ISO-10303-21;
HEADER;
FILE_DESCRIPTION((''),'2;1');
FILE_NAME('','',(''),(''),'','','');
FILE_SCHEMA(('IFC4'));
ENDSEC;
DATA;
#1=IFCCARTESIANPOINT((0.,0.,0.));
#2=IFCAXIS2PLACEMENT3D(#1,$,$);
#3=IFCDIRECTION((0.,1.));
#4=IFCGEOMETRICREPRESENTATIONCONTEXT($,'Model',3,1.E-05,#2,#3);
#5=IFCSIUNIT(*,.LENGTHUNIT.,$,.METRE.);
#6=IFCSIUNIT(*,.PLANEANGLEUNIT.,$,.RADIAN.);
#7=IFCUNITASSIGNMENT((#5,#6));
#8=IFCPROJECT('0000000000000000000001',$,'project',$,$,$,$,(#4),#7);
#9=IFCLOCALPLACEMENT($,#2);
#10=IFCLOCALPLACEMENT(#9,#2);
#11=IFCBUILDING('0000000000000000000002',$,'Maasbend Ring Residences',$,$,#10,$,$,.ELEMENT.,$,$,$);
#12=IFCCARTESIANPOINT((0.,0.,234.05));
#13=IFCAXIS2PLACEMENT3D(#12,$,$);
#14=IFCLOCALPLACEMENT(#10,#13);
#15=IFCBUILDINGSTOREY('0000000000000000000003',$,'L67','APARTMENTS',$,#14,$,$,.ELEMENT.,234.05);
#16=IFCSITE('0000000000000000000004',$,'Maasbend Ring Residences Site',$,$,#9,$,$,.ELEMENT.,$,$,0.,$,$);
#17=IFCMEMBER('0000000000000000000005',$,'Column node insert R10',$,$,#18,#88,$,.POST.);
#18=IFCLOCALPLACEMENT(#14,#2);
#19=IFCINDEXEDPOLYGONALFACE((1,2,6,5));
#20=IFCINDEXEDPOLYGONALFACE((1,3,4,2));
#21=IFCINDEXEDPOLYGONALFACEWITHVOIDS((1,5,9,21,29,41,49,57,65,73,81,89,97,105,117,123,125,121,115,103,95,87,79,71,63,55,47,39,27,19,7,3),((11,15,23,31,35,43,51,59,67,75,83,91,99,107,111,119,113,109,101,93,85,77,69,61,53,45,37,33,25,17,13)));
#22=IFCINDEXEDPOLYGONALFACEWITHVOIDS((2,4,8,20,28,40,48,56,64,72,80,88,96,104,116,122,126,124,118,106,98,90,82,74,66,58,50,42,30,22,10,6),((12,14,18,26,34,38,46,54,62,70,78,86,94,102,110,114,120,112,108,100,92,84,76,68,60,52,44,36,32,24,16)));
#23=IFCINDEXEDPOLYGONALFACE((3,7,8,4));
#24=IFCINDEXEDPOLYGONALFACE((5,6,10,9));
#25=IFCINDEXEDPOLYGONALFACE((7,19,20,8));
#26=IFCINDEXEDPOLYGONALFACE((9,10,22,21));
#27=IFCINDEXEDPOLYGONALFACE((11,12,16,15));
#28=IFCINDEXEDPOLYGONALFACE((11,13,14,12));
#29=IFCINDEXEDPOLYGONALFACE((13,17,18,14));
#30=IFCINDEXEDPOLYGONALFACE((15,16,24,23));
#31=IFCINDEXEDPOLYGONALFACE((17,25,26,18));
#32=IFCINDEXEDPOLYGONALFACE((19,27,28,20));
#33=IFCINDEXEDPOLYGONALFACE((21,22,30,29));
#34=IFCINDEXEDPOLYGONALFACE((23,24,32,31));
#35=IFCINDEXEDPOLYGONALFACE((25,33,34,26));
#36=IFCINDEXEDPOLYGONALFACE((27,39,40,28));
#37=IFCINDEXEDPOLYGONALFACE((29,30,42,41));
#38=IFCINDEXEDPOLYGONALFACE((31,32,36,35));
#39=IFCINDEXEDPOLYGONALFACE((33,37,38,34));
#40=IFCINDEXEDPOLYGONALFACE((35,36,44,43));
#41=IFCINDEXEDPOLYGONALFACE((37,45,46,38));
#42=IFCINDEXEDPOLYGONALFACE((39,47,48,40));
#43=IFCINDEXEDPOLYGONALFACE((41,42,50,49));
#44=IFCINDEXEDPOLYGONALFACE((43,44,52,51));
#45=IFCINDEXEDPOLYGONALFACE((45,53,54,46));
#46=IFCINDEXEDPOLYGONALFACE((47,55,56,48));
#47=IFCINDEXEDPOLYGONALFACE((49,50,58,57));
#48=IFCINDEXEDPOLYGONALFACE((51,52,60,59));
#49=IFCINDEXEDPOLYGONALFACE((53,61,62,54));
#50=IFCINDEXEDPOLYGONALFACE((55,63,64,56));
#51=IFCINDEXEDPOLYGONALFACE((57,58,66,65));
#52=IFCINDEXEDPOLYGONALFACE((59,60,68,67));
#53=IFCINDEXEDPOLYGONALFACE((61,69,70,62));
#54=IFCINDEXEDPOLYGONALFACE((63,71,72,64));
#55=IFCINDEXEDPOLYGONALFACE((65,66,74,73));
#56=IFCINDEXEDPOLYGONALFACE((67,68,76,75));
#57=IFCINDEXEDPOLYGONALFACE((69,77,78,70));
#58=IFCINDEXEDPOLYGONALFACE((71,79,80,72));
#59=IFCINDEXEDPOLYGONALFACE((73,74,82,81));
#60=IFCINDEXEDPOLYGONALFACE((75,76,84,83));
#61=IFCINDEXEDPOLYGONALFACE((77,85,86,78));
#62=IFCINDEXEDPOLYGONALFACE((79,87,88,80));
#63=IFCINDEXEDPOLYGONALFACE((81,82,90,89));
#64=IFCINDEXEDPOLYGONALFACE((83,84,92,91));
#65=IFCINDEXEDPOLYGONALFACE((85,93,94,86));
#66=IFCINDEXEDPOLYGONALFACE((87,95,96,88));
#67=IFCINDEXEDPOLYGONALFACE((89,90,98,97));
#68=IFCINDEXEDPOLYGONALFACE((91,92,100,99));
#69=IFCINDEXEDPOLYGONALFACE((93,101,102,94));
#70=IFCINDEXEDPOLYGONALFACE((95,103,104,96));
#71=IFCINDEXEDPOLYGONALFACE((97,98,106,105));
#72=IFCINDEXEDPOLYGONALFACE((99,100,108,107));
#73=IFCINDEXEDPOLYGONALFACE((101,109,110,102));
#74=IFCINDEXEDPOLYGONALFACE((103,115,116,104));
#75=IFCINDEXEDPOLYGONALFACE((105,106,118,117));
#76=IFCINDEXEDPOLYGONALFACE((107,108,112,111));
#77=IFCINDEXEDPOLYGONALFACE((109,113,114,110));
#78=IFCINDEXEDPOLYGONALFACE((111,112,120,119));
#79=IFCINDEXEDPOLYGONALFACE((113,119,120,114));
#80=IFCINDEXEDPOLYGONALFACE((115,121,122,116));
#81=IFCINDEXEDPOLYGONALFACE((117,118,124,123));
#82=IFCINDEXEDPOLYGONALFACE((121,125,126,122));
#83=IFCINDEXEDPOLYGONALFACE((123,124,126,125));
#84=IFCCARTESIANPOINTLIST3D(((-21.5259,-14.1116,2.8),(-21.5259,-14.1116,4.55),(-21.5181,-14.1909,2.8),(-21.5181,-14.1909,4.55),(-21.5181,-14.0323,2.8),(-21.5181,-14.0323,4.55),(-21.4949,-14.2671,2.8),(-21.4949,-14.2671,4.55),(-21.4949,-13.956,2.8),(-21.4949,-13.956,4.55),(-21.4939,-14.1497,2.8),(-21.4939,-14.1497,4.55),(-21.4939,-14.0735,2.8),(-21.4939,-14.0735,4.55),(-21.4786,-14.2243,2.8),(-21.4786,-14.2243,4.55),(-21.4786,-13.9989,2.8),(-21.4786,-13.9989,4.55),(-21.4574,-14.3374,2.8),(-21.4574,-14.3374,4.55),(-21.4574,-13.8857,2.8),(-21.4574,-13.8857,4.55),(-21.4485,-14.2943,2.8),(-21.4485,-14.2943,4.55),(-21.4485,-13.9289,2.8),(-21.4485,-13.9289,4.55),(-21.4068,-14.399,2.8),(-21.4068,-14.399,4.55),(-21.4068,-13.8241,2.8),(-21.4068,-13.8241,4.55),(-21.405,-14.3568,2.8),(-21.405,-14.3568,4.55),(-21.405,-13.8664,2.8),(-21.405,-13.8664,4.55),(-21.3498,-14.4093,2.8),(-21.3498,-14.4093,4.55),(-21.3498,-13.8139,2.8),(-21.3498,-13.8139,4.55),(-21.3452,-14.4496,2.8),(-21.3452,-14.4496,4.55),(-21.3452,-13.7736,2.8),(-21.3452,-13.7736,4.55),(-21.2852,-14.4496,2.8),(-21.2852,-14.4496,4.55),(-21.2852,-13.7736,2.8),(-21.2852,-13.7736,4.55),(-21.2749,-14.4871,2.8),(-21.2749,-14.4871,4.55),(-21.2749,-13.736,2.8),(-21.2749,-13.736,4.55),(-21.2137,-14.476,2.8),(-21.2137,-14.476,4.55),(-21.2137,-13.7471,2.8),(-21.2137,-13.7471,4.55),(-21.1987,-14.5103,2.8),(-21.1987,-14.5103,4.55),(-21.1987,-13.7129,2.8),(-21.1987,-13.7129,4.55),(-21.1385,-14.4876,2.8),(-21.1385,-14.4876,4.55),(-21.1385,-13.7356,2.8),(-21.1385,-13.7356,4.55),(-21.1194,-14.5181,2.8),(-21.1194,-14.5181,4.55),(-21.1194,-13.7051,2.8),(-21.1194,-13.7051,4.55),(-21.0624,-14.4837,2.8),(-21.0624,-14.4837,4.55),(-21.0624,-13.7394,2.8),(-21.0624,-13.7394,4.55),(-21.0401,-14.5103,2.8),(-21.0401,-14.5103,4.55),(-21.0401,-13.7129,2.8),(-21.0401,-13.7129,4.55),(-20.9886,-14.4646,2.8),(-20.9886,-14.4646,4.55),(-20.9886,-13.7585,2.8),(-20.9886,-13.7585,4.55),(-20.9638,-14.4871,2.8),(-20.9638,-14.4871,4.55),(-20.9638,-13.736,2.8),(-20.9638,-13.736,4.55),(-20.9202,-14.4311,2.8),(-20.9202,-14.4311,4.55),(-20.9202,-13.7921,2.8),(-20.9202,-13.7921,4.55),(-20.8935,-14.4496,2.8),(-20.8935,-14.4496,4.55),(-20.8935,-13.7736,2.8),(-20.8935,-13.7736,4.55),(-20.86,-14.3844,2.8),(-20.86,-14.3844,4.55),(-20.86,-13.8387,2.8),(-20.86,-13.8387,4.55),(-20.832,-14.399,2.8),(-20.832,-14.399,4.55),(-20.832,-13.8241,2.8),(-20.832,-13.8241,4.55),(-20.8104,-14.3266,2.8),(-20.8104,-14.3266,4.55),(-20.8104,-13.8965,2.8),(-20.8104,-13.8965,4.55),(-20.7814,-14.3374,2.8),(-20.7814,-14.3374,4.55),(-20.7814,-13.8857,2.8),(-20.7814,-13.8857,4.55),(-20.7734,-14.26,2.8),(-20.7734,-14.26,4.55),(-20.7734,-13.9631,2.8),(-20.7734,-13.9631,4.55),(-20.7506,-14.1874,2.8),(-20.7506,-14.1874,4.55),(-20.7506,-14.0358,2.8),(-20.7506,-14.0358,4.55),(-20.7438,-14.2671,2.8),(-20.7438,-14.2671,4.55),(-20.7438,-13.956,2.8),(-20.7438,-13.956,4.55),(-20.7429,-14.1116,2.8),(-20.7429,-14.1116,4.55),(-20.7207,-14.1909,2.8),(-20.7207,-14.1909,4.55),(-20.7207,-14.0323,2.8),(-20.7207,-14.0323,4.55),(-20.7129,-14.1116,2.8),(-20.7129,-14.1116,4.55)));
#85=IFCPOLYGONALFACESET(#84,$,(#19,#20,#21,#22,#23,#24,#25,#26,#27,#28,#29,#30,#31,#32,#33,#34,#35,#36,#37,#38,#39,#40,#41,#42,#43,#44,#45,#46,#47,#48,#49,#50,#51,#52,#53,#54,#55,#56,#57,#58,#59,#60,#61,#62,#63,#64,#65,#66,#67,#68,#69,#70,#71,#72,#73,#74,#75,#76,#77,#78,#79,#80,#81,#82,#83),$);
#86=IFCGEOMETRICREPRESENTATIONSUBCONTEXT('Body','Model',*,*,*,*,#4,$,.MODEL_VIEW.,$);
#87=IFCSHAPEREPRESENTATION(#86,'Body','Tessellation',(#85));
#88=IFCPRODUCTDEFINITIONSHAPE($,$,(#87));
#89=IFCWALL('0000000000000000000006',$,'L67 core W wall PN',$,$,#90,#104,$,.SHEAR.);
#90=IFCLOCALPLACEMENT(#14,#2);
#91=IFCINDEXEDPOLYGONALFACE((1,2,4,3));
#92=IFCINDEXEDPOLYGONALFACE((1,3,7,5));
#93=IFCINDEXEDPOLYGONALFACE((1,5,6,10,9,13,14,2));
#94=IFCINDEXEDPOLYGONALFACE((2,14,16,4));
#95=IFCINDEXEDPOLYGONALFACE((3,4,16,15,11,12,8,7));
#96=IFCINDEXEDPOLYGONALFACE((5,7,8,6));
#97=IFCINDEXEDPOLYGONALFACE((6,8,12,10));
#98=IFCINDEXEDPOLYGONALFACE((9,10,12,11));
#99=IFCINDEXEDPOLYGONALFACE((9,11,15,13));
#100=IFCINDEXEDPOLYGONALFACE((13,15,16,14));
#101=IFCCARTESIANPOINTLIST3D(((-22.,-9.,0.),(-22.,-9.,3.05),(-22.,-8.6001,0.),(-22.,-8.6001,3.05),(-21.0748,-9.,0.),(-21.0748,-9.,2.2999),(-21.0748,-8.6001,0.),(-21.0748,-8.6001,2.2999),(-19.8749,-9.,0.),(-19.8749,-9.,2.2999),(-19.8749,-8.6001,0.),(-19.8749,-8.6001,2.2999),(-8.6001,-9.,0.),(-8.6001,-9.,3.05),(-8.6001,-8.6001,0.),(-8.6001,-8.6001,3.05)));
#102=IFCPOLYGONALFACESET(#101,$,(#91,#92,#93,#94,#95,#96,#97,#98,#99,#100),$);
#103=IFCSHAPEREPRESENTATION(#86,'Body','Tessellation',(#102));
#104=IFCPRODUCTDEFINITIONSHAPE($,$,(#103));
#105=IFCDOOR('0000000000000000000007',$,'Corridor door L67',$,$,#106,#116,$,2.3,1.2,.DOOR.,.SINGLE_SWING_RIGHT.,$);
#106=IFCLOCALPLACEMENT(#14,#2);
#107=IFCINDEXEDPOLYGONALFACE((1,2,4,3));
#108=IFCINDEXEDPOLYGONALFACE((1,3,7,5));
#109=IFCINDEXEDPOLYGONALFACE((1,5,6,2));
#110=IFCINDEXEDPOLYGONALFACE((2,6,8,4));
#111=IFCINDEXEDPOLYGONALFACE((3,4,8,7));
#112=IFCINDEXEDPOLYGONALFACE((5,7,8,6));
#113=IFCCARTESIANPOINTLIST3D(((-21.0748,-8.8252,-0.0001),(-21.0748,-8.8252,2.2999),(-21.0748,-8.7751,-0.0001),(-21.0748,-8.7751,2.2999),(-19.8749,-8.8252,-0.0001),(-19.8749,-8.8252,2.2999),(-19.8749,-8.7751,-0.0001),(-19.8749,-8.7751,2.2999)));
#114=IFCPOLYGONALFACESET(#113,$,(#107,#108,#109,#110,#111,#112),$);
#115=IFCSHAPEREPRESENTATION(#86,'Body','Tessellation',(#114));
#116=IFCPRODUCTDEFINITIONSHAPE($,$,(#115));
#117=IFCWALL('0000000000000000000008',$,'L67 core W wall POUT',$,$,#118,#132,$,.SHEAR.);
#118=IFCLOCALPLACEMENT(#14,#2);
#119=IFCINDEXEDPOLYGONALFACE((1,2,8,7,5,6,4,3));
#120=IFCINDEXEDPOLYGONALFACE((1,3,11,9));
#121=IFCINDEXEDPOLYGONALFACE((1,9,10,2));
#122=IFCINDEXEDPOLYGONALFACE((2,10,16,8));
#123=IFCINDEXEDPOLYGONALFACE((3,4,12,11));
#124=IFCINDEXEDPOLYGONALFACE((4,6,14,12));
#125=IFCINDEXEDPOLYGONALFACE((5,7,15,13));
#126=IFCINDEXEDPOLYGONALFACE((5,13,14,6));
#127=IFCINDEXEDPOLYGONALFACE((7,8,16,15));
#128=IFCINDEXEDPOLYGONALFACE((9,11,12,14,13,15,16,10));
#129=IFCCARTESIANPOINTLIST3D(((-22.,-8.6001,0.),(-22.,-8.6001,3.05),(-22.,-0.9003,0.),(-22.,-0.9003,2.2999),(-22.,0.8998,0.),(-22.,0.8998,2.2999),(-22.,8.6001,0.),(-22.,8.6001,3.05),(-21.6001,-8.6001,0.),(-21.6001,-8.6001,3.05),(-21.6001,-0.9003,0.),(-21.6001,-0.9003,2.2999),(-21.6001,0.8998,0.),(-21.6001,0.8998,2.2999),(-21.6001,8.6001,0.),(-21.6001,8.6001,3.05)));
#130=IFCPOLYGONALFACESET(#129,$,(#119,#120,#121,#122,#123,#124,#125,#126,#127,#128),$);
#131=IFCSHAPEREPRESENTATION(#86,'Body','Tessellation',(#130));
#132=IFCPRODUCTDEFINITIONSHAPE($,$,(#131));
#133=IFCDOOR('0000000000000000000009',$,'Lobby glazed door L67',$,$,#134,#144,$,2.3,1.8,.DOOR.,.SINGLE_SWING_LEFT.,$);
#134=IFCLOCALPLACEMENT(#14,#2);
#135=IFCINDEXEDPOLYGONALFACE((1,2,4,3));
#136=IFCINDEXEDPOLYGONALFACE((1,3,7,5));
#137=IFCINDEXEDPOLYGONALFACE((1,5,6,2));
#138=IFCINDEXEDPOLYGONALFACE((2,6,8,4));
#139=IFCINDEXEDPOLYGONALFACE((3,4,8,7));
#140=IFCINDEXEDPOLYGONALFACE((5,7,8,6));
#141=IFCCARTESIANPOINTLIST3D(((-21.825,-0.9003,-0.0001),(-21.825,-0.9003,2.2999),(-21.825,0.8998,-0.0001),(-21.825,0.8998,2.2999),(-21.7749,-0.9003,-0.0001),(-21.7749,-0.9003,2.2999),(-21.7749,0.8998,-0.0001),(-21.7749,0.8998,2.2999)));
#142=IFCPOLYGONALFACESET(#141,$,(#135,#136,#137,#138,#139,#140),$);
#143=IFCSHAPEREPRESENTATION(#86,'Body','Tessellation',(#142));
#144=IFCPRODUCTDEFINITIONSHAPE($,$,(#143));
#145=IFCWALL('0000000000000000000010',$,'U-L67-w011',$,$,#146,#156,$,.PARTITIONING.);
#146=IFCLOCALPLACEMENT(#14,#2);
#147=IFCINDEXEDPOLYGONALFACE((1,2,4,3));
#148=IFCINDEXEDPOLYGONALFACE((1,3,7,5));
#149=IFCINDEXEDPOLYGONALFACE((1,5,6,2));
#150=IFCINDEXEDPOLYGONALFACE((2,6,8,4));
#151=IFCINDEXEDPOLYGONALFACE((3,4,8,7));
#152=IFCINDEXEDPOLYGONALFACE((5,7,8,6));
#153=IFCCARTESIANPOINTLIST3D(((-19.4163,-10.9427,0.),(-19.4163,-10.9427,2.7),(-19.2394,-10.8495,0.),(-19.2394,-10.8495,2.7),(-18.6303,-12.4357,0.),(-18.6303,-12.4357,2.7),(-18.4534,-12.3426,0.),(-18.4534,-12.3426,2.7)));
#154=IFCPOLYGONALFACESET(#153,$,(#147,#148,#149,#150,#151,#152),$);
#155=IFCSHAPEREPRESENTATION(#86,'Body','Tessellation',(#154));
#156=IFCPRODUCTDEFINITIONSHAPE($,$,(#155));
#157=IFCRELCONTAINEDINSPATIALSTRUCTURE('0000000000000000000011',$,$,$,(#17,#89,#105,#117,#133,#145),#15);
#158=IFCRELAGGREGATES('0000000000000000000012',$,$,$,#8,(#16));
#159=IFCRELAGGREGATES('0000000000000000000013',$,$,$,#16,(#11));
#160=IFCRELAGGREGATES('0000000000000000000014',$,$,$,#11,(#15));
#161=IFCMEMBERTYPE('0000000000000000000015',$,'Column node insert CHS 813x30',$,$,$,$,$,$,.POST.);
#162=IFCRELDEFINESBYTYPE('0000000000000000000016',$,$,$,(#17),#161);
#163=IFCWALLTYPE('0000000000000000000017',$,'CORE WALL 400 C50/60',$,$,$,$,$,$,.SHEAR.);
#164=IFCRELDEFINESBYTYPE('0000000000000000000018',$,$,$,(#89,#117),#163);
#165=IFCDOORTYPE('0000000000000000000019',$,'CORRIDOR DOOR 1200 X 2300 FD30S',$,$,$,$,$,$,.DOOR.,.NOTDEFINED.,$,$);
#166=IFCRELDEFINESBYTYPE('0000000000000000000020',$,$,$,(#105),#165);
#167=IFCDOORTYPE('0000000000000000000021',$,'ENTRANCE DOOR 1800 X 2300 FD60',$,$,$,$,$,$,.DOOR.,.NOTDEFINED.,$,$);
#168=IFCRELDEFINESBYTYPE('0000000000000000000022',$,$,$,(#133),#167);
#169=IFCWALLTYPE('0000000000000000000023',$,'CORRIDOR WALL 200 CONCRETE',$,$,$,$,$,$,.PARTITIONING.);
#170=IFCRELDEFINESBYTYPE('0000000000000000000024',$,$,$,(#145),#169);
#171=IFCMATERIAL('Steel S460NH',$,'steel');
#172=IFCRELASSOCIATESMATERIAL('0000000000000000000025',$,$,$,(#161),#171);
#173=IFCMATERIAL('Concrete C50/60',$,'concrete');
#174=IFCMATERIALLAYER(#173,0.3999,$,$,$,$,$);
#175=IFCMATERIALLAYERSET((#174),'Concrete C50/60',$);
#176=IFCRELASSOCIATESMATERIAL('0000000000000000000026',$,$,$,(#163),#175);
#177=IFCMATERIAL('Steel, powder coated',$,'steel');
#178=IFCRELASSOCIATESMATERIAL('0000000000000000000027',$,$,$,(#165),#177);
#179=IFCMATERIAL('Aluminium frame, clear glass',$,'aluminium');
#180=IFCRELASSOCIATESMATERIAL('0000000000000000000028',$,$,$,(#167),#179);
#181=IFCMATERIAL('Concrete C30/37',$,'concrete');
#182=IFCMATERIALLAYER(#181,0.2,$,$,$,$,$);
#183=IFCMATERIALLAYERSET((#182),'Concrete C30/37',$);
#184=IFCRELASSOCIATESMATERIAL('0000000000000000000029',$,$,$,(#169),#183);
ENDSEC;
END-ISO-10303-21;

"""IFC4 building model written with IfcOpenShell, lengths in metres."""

from ifc_helpers import new_model, si_unit, direction, frame, frame_2d, origin, origin_2d, place, context, subcontext, project, spatial, rectangle, hollow_circle, extrude, material, layer, layer_set, material_profile, profile_set, type_object, element, fill, save


model = new_model("IFC4")

# Units and contexts
model_context = context("Model", 3, precision=1e-05, world=origin(), true_north=direction((0.0, 1.0)))
body_context = subcontext(model_context, "Body", "Model", "MODEL_VIEW")
ifc_project = project(units=[si_unit("LENGTHUNIT", "METRE"), si_unit("PLANEANGLEUNIT", "RADIAN")], contexts=[model_context])

# Site, building, storey
site_placement = place(None, origin())
site = spatial("IfcSite", under=ifc_project, at=site_placement, Name="Maasbend Ring Residences Site", CompositionType="ELEMENT", RefElevation=0.0)
building_placement = place(site_placement, origin())
building = spatial("IfcBuilding", under=site, at=building_placement, Name="Maasbend Ring Residences", CompositionType="ELEMENT")
storey_placement = place(building_placement, frame((0.0, 0.0, 234.05)))
storey = spatial("IfcBuildingStorey", under=building, at=storey_placement, Name="L67", Description="APARTMENTS", CompositionType="ELEMENT", Elevation=234.05)

# Member
ifc_material_1 = material(Name="Steel S460NH", Category="steel")
ifc_material_profile = material_profile(ifc_material_1, hollow_circle(Radius=0.4065, WallThickness=0.03, at=origin_2d()), Name="Column node insert CHS 813x30")
ifc_profile_set = profile_set([ifc_material_profile], Name="Steel S460NH")
member_type = type_object("IfcMemberType", Name="Column node insert CHS 813x30", PredefinedType="POST", material=ifc_profile_set)
member_placement = place(storey_placement, frame((-21.1194, -14.1116, 2.8), z_axis=(0.0, 0.0, 1.0), x_axis=(1.0, 0.0, 0.0)))
element("IfcMember", 1, at=member_placement, inside=storey, type_object=member_type, Name="Column node insert R10", PredefinedType="POST", context=body_context, shape_type="SweptSolid", body=[
    extrude(hollow_circle(Radius=0.4065, WallThickness=0.03, at=origin_2d()), origin(), (0.0, 0.0, 1.0), 1.75),
])

# Walls, openings, doors
ifc_material_2 = material(Name="Concrete C50/60", Category="concrete")
ifc_layer_1 = layer(ifc_material_2, 0.3999)
ifc_layer_set_1 = layer_set([ifc_layer_1], Name="Concrete C50/60")
wall_type_1 = type_object("IfcWallType", Name="CORE WALL 400 C50/60", PredefinedType="SHEAR", material=ifc_layer_set_1)
wall_1_placement = place(storey_placement, frame((-22.0, -8.8, 0.0), z_axis=(0.0, 0.0, 1.0), x_axis=(1.0, 0.0, 0.0)))
wall_1 = element("IfcWall", 2, at=wall_1_placement, inside=storey, type_object=wall_type_1, Name="L67 core W wall PN", PredefinedType="SHEAR", context=body_context, shape_type="SweptSolid", body=[
    extrude(rectangle(XDim=13.3999, YDim=0.3999, at=frame_2d((6.7, 0.0))), origin(), (0.0, 0.0, 1.0), 3.05),
])
opening_1_placement = place(wall_1_placement, frame((0.925, 0.0, 0.0)))
opening_1 = element("IfcOpeningElement", 3, at=opening_1_placement, cuts=wall_1, PredefinedType="OPENING", context=body_context, shape_type="SweptSolid", body=[
    extrude(rectangle(XDim=1.2, YDim=2.3, at=frame_2d((0.6001, 1.1499))), frame((0.0, 0.21, 0.0), z_axis=(0.0, -1.0, 0.0), x_axis=(1.0, 0.0, 0.0)), (0.0, 0.0, 1.0), 0.4199),
])
ifc_material_3 = material(Name="Steel, powder coated", Category="steel")
door_type_1 = type_object("IfcDoorType", Name="CORRIDOR DOOR 1200 X 2300 FD30S", OperationType="NOTDEFINED", PredefinedType="DOOR", material=ifc_material_3)
door_1_placement = place(opening_1_placement, origin())
door_1 = element("IfcDoor", 4, at=door_1_placement, inside=storey, type_object=door_type_1, Name="Corridor door L67", OperationType="SINGLE_SWING_RIGHT", OverallHeight=2.3, OverallWidth=1.2, PredefinedType="DOOR", context=body_context, shape_type="SweptSolid", body=[
    extrude(rectangle(XDim=1.2, YDim=2.3, at=frame_2d((0.6001, 1.1499))), frame((0.0, 0.0249, 0.0), z_axis=(0.0, -1.0, 0.0), x_axis=(1.0, 0.0, 0.0)), (0.0, 0.0, 1.0), 0.05),
])
fill(opening_1, door_1)
wall_2_placement = place(storey_placement, frame((-21.8, -8.6001, 0.0), z_axis=(0.0, 0.0, 1.0), x_axis=(0.0, 1.0, 0.0)))
wall_2 = element("IfcWall", 5, at=wall_2_placement, inside=storey, type_object=wall_type_1, Name="L67 core W wall POUT", PredefinedType="SHEAR", context=body_context, shape_type="SweptSolid", body=[
    extrude(rectangle(XDim=17.2002, YDim=0.3999, at=frame_2d((8.6001, 0.0))), origin(), (0.0, 0.0, 1.0), 3.05),
])
opening_2_placement = place(wall_2_placement, frame((7.7, 0.0, 0.0)))
opening_2 = element("IfcOpeningElement", 6, at=opening_2_placement, cuts=wall_2, PredefinedType="OPENING", context=body_context, shape_type="SweptSolid", body=[
    extrude(rectangle(XDim=1.8, YDim=2.3, at=frame_2d((0.8999, 1.1499))), frame((0.0, 0.21, 0.0), z_axis=(0.0, -1.0, 0.0), x_axis=(1.0, 0.0, 0.0)), (0.0, 0.0, 1.0), 0.4199),
])
ifc_material_4 = material(Name="Aluminium frame, clear glass", Category="aluminium")
door_type_2 = type_object("IfcDoorType", Name="ENTRANCE DOOR 1800 X 2300 FD60", OperationType="NOTDEFINED", PredefinedType="DOOR", material=ifc_material_4)
door_2_placement = place(opening_2_placement, origin())
door_2 = element("IfcDoor", 7, at=door_2_placement, inside=storey, type_object=door_type_2, Name="Lobby glazed door L67", OperationType="SINGLE_SWING_LEFT", OverallHeight=2.3, OverallWidth=1.8, PredefinedType="DOOR", context=body_context, shape_type="SweptSolid", body=[
    extrude(rectangle(XDim=1.8, YDim=2.3, at=frame_2d((0.8999, 1.1499))), frame((0.0, 0.0249, 0.0), z_axis=(0.0, -1.0, 0.0), x_axis=(1.0, 0.0, 0.0)), (0.0, 0.0, 1.0), 0.05),
])
fill(opening_2, door_2)

# Wall
ifc_material_5 = material(Name="Concrete C30/37", Category="concrete")
ifc_layer_2 = layer(ifc_material_5, 0.2)
ifc_layer_set_2 = layer_set([ifc_layer_2], Name="Concrete C30/37")
wall_type_2 = type_object("IfcWallType", Name="CORRIDOR WALL 200 CONCRETE", PredefinedType="PARTITIONING", material=ifc_layer_set_2)
wall_3_placement = place(storey_placement, frame((-19.3279, -10.896, 0.0), z_axis=(0.0, 0.0, 1.0), x_axis=(0.465812, -0.884884, 0.0)))
element("IfcWall", 8, at=wall_3_placement, inside=storey, type_object=wall_type_2, Name="U-L67-w011", PredefinedType="PARTITIONING", context=body_context, shape_type="SweptSolid", body=[
    extrude(rectangle(XDim=1.6873, YDim=0.2, at=frame_2d((0.8438, 0.0))), origin(), (0.0, 0.0, 1.0), 2.7),
])

save(model, "model.ifc")
